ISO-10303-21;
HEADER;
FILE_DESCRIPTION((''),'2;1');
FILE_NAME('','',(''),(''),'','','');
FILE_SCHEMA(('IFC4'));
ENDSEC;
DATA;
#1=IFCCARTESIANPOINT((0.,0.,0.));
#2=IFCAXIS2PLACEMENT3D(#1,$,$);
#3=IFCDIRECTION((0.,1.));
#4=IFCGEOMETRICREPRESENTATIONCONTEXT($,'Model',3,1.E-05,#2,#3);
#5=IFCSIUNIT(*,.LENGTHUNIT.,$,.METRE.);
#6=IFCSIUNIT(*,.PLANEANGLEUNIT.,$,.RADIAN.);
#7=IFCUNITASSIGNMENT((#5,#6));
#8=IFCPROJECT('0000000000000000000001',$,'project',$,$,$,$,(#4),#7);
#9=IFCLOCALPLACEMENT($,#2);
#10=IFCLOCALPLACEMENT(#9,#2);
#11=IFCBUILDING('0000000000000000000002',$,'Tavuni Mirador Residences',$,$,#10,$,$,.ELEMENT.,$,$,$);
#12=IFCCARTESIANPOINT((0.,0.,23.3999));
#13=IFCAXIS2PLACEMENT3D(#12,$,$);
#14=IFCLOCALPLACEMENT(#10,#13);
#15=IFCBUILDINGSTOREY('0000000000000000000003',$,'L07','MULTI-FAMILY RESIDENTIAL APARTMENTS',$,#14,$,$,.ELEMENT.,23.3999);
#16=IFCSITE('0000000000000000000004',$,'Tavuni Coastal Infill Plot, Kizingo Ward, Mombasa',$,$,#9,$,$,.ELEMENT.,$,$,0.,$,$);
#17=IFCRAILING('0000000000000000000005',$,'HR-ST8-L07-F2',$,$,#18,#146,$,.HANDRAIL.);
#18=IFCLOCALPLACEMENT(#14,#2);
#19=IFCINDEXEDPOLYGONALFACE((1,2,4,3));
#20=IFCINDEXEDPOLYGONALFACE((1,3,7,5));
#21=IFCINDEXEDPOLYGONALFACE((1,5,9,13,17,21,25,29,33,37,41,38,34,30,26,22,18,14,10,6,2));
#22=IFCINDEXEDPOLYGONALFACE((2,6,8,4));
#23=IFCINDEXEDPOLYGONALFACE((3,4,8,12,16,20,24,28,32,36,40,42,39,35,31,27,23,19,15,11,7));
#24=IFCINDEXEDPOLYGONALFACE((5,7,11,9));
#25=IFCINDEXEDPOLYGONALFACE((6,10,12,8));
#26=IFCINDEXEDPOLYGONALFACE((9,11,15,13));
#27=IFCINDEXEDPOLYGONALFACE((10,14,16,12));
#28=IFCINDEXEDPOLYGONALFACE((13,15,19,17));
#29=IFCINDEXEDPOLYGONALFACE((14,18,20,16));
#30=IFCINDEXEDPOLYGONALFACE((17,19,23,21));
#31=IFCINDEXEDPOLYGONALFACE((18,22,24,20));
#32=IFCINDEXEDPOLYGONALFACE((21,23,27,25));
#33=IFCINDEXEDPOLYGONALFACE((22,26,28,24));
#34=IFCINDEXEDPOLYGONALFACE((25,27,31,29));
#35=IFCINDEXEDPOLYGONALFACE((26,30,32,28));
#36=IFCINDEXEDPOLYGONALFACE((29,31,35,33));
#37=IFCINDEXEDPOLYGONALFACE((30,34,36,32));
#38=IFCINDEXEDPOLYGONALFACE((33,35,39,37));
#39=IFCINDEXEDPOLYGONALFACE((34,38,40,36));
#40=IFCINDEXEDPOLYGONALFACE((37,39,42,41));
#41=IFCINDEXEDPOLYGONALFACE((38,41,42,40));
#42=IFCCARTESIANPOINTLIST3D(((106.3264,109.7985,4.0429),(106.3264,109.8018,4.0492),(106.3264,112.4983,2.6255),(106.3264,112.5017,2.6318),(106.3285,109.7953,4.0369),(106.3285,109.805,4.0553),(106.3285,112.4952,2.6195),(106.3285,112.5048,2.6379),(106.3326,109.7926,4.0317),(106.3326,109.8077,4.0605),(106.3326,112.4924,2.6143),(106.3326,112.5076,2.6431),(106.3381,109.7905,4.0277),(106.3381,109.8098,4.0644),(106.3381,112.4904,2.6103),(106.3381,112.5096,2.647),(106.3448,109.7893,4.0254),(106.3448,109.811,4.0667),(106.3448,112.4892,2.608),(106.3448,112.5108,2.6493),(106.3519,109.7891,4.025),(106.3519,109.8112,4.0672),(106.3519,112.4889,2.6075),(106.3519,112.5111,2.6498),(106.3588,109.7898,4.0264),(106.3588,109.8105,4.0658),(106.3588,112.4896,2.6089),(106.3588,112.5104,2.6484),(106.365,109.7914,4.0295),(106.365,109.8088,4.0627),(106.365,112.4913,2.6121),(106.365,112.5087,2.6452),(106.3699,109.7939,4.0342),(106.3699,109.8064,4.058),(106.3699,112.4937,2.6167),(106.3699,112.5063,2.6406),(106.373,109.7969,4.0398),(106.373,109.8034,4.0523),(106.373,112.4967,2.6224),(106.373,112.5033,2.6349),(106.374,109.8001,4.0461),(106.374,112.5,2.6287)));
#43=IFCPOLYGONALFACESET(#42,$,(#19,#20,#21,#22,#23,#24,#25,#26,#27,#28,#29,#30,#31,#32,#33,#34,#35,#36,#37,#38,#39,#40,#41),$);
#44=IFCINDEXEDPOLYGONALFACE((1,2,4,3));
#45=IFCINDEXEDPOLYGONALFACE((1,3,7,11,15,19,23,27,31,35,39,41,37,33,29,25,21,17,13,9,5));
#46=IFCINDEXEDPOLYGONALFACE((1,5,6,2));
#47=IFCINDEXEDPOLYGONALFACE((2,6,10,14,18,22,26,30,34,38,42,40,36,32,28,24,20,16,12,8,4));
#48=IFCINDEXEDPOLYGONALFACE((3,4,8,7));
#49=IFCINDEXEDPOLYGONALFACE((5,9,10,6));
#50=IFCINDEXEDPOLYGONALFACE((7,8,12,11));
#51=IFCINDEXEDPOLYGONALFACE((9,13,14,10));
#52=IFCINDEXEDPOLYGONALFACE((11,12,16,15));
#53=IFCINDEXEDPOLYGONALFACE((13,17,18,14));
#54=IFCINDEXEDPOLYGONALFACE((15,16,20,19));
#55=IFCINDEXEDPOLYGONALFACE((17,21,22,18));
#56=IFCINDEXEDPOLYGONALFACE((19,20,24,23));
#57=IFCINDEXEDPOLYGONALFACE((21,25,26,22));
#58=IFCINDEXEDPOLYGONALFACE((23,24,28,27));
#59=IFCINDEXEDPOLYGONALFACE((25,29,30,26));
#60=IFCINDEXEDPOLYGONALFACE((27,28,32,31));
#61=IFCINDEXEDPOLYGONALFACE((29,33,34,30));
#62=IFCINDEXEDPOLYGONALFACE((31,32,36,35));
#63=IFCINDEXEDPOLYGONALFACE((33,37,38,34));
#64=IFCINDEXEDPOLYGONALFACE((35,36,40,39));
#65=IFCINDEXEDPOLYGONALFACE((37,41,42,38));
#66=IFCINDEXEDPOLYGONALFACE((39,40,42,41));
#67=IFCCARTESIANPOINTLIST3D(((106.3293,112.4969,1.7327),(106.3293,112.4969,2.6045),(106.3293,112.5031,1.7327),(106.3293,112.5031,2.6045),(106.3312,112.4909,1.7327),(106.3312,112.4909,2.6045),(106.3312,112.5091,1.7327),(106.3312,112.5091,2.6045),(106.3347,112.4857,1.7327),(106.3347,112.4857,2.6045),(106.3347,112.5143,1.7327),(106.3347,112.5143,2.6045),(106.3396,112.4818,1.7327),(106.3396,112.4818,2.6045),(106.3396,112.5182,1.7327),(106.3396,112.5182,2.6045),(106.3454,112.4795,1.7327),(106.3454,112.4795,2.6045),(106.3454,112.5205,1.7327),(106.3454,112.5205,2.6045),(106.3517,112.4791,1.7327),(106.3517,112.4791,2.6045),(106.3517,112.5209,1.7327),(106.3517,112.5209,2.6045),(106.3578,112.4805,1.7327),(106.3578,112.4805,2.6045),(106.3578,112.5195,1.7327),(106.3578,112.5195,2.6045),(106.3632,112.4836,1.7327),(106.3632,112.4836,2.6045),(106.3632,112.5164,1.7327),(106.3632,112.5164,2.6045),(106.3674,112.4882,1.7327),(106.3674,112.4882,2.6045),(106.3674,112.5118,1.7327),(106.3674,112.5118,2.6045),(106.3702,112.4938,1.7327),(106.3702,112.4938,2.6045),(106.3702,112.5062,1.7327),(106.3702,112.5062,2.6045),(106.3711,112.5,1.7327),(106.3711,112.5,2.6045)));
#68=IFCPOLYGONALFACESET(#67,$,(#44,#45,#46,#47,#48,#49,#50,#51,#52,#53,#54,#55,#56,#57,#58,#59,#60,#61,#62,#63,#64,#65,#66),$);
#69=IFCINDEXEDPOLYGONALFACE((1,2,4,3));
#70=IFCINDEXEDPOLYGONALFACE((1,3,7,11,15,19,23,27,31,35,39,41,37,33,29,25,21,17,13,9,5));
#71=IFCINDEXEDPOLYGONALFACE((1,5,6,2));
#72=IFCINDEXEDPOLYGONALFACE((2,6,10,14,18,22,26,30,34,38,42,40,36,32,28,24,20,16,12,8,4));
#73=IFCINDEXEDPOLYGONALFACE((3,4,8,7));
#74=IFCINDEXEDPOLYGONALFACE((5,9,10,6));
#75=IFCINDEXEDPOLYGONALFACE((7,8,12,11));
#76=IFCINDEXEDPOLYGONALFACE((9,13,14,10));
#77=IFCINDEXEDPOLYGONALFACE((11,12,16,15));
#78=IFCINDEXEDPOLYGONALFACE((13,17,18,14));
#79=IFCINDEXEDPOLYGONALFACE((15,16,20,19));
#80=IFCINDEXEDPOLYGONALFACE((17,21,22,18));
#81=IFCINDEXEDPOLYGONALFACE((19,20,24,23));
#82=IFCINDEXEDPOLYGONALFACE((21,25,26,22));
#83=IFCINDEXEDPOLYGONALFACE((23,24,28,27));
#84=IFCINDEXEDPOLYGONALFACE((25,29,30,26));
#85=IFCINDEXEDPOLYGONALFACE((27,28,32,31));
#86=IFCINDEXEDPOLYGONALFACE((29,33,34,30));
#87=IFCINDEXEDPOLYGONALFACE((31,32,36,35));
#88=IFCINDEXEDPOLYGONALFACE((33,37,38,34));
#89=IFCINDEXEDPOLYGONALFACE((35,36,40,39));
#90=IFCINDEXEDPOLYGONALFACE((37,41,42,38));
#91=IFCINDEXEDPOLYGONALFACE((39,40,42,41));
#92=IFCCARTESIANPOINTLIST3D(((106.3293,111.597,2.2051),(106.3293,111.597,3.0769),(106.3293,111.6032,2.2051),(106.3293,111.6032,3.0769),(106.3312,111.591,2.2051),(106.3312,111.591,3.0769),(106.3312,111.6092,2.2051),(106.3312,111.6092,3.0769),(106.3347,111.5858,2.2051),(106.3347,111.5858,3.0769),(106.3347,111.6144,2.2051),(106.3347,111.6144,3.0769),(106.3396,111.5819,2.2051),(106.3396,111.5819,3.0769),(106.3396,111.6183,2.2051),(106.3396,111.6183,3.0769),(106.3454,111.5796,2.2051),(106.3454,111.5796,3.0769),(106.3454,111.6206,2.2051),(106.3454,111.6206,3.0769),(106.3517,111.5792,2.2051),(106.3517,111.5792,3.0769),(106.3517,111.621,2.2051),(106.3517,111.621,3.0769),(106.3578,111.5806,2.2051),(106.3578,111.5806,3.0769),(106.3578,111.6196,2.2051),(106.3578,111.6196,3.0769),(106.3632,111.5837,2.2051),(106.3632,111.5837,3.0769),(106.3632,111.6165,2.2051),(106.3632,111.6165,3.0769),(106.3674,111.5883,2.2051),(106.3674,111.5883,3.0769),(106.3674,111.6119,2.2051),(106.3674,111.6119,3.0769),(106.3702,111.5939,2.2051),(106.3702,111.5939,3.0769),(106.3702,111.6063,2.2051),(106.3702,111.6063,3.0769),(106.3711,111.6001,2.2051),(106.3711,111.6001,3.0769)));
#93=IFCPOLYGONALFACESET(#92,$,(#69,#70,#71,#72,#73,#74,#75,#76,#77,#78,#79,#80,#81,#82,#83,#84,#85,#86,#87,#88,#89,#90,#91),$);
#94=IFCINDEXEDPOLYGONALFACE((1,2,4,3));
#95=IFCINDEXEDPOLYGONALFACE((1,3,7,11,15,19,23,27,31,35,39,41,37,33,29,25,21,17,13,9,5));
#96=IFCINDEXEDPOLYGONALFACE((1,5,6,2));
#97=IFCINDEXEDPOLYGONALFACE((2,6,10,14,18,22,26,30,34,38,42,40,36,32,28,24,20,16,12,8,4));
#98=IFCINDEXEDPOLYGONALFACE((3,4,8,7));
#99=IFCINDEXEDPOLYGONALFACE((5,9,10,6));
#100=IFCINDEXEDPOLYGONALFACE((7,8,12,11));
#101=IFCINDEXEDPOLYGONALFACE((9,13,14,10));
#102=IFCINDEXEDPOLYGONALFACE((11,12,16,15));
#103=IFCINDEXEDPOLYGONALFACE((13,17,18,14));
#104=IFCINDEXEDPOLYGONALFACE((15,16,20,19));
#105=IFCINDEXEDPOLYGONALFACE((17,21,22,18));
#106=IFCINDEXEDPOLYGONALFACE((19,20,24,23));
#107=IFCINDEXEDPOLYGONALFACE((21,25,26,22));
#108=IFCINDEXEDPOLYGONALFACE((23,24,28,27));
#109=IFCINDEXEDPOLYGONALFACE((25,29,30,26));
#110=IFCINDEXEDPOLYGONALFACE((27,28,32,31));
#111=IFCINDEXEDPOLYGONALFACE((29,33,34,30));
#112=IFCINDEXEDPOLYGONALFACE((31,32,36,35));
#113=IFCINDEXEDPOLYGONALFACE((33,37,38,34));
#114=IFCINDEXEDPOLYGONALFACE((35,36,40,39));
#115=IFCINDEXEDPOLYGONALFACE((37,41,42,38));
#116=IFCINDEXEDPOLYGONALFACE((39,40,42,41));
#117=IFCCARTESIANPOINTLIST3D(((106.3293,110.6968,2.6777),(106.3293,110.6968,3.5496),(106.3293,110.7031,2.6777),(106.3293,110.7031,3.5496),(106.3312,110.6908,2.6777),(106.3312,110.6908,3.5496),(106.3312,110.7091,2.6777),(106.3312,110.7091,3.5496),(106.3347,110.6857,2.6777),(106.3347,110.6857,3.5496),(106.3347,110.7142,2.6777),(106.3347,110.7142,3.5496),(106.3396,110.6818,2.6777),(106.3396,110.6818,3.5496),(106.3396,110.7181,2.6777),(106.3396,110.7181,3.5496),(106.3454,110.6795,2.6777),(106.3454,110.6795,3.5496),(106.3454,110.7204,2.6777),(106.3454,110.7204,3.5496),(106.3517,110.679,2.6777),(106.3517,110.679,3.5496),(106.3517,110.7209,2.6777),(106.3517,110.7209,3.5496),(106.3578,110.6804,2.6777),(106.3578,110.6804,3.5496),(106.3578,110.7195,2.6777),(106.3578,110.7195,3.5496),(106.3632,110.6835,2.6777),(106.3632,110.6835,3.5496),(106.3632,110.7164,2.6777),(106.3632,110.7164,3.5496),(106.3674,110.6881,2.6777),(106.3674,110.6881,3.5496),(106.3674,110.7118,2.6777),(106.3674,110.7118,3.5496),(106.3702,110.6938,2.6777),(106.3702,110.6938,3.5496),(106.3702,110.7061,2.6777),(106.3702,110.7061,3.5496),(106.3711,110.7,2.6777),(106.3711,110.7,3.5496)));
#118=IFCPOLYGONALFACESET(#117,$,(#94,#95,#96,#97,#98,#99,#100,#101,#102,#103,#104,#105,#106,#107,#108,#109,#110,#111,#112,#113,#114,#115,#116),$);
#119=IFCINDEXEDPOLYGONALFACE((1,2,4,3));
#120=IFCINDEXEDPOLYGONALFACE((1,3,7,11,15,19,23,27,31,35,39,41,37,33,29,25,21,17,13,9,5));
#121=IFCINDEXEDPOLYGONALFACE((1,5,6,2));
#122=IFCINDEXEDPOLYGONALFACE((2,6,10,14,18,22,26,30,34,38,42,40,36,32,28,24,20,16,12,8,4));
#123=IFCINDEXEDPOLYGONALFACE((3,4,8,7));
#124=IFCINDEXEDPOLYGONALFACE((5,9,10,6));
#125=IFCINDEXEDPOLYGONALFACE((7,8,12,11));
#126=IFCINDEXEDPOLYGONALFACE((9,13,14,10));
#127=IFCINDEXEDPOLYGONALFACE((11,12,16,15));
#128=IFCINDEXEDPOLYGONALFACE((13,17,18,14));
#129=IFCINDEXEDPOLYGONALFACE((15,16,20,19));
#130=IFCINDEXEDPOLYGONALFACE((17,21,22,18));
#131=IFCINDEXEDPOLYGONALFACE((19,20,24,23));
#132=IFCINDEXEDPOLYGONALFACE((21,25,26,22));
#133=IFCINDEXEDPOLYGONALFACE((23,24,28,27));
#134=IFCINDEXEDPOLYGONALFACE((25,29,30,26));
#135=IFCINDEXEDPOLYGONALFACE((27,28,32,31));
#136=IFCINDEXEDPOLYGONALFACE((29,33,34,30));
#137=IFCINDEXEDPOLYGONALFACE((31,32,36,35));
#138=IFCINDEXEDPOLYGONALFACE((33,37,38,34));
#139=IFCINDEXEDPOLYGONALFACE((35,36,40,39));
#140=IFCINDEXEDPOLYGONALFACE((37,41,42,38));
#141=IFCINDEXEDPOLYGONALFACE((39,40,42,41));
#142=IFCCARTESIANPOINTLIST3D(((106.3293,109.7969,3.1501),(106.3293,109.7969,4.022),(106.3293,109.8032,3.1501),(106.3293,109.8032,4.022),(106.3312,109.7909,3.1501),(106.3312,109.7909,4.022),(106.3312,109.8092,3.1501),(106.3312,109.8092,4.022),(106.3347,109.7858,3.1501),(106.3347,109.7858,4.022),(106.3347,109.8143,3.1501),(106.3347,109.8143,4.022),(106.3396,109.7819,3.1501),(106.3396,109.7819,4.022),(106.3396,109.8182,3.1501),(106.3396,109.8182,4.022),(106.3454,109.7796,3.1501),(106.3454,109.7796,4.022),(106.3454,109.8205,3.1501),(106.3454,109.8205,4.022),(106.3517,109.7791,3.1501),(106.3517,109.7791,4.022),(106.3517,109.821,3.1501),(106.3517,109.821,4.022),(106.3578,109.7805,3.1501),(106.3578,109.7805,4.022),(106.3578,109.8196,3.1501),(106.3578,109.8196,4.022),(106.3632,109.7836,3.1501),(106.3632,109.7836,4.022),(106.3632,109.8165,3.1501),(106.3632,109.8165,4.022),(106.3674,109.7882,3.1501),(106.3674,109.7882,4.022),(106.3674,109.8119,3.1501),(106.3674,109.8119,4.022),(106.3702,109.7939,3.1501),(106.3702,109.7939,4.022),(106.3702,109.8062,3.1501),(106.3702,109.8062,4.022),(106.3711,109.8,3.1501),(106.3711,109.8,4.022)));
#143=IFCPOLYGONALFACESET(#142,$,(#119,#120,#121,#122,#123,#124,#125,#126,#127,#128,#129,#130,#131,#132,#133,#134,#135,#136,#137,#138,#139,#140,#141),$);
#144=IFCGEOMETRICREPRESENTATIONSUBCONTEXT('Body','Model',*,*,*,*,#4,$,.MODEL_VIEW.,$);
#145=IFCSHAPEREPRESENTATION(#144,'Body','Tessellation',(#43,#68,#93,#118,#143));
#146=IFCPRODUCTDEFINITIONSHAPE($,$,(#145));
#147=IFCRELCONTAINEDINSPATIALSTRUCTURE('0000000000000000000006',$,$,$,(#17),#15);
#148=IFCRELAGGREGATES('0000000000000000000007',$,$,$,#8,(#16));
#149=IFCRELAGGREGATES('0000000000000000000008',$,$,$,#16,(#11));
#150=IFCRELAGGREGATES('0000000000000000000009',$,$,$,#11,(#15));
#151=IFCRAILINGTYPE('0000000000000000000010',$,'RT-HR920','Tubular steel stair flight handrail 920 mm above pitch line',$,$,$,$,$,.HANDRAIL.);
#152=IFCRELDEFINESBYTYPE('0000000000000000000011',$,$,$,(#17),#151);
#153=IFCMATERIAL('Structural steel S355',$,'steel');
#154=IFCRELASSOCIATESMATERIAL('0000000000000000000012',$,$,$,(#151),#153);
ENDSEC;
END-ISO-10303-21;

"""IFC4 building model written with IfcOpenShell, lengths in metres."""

from ifc_helpers import new_model, si_unit, direction, frame, origin, origin_2d, place, context, subcontext, project, spatial, circle, extrude, material, type_object, element, save


model = new_model("IFC4")

# Units and contexts
model_context = context("Model", 3, precision=1e-05, world=origin(), true_north=direction((0.0, 1.0)))
body_context = subcontext(model_context, "Body", "Model", "MODEL_VIEW")
ifc_project = project(units=[si_unit("LENGTHUNIT", "METRE"), si_unit("PLANEANGLEUNIT", "RADIAN")], contexts=[model_context])

# Site, building, storey
site_placement = place(None, origin())
site = spatial("IfcSite", under=ifc_project, at=site_placement, Name="Tavuni Coastal Infill Plot, Kizingo Ward, Mombasa", CompositionType="ELEMENT", RefElevation=0.0)
building_placement = place(site_placement, origin())
building = spatial("IfcBuilding", under=site, at=building_placement, Name="Tavuni Mirador Residences", CompositionType="ELEMENT")
storey_placement = place(building_placement, frame((0.0, 0.0, 23.3999)))
storey = spatial("IfcBuildingStorey", under=building, at=storey_placement, Name="L07", Description="MULTI-FAMILY RESIDENTIAL APARTMENTS", CompositionType="ELEMENT", Elevation=23.3999)

# Shared definitions
ifc_material_1 = material(Name="Structural steel S355", Category="steel")

# Railing
railing_type_1 = type_object("IfcRailingType", Name="RT-HR920", Description="Tubular steel stair flight handrail 920 mm above pitch line", PredefinedType="HANDRAIL", material=ifc_material_1)
railing_1_placement = place(storey_placement, frame((106.3501, 112.5, 1.7327)))
element("IfcRailing", 1, at=railing_1_placement, inside=storey, type_object=railing_type_1, Name="HR-ST8-L07-F2", PredefinedType="HANDRAIL", context=body_context, shape_type="SweptSolid", body=[
    extrude(circle(Radius=0.0239, at=origin_2d()), frame((0.0, 0.0, 0.896), z_axis=(0.0, -0.885397, 0.464835), x_axis=(1.0, 0.0, 0.0)), (0.0, 0.0, 1.0), 3.0493),
    extrude(circle(Radius=0.021, at=origin_2d()), origin(), (0.0, 0.0, 1.0), 0.8718),
    extrude(circle(Radius=0.021, at=origin_2d()), frame((0.0, -0.8999, 0.4724)), (0.0, 0.0, 1.0), 0.8718),
    extrude(circle(Radius=0.021, at=origin_2d()), frame((0.0, -1.8, 0.9451)), (0.0, 0.0, 1.0), 0.8718),
    extrude(circle(Radius=0.021, at=origin_2d()), frame((0.0, -2.7, 1.4175)), (0.0, 0.0, 1.0), 0.8718),
])

save(model, "model.ifc")
